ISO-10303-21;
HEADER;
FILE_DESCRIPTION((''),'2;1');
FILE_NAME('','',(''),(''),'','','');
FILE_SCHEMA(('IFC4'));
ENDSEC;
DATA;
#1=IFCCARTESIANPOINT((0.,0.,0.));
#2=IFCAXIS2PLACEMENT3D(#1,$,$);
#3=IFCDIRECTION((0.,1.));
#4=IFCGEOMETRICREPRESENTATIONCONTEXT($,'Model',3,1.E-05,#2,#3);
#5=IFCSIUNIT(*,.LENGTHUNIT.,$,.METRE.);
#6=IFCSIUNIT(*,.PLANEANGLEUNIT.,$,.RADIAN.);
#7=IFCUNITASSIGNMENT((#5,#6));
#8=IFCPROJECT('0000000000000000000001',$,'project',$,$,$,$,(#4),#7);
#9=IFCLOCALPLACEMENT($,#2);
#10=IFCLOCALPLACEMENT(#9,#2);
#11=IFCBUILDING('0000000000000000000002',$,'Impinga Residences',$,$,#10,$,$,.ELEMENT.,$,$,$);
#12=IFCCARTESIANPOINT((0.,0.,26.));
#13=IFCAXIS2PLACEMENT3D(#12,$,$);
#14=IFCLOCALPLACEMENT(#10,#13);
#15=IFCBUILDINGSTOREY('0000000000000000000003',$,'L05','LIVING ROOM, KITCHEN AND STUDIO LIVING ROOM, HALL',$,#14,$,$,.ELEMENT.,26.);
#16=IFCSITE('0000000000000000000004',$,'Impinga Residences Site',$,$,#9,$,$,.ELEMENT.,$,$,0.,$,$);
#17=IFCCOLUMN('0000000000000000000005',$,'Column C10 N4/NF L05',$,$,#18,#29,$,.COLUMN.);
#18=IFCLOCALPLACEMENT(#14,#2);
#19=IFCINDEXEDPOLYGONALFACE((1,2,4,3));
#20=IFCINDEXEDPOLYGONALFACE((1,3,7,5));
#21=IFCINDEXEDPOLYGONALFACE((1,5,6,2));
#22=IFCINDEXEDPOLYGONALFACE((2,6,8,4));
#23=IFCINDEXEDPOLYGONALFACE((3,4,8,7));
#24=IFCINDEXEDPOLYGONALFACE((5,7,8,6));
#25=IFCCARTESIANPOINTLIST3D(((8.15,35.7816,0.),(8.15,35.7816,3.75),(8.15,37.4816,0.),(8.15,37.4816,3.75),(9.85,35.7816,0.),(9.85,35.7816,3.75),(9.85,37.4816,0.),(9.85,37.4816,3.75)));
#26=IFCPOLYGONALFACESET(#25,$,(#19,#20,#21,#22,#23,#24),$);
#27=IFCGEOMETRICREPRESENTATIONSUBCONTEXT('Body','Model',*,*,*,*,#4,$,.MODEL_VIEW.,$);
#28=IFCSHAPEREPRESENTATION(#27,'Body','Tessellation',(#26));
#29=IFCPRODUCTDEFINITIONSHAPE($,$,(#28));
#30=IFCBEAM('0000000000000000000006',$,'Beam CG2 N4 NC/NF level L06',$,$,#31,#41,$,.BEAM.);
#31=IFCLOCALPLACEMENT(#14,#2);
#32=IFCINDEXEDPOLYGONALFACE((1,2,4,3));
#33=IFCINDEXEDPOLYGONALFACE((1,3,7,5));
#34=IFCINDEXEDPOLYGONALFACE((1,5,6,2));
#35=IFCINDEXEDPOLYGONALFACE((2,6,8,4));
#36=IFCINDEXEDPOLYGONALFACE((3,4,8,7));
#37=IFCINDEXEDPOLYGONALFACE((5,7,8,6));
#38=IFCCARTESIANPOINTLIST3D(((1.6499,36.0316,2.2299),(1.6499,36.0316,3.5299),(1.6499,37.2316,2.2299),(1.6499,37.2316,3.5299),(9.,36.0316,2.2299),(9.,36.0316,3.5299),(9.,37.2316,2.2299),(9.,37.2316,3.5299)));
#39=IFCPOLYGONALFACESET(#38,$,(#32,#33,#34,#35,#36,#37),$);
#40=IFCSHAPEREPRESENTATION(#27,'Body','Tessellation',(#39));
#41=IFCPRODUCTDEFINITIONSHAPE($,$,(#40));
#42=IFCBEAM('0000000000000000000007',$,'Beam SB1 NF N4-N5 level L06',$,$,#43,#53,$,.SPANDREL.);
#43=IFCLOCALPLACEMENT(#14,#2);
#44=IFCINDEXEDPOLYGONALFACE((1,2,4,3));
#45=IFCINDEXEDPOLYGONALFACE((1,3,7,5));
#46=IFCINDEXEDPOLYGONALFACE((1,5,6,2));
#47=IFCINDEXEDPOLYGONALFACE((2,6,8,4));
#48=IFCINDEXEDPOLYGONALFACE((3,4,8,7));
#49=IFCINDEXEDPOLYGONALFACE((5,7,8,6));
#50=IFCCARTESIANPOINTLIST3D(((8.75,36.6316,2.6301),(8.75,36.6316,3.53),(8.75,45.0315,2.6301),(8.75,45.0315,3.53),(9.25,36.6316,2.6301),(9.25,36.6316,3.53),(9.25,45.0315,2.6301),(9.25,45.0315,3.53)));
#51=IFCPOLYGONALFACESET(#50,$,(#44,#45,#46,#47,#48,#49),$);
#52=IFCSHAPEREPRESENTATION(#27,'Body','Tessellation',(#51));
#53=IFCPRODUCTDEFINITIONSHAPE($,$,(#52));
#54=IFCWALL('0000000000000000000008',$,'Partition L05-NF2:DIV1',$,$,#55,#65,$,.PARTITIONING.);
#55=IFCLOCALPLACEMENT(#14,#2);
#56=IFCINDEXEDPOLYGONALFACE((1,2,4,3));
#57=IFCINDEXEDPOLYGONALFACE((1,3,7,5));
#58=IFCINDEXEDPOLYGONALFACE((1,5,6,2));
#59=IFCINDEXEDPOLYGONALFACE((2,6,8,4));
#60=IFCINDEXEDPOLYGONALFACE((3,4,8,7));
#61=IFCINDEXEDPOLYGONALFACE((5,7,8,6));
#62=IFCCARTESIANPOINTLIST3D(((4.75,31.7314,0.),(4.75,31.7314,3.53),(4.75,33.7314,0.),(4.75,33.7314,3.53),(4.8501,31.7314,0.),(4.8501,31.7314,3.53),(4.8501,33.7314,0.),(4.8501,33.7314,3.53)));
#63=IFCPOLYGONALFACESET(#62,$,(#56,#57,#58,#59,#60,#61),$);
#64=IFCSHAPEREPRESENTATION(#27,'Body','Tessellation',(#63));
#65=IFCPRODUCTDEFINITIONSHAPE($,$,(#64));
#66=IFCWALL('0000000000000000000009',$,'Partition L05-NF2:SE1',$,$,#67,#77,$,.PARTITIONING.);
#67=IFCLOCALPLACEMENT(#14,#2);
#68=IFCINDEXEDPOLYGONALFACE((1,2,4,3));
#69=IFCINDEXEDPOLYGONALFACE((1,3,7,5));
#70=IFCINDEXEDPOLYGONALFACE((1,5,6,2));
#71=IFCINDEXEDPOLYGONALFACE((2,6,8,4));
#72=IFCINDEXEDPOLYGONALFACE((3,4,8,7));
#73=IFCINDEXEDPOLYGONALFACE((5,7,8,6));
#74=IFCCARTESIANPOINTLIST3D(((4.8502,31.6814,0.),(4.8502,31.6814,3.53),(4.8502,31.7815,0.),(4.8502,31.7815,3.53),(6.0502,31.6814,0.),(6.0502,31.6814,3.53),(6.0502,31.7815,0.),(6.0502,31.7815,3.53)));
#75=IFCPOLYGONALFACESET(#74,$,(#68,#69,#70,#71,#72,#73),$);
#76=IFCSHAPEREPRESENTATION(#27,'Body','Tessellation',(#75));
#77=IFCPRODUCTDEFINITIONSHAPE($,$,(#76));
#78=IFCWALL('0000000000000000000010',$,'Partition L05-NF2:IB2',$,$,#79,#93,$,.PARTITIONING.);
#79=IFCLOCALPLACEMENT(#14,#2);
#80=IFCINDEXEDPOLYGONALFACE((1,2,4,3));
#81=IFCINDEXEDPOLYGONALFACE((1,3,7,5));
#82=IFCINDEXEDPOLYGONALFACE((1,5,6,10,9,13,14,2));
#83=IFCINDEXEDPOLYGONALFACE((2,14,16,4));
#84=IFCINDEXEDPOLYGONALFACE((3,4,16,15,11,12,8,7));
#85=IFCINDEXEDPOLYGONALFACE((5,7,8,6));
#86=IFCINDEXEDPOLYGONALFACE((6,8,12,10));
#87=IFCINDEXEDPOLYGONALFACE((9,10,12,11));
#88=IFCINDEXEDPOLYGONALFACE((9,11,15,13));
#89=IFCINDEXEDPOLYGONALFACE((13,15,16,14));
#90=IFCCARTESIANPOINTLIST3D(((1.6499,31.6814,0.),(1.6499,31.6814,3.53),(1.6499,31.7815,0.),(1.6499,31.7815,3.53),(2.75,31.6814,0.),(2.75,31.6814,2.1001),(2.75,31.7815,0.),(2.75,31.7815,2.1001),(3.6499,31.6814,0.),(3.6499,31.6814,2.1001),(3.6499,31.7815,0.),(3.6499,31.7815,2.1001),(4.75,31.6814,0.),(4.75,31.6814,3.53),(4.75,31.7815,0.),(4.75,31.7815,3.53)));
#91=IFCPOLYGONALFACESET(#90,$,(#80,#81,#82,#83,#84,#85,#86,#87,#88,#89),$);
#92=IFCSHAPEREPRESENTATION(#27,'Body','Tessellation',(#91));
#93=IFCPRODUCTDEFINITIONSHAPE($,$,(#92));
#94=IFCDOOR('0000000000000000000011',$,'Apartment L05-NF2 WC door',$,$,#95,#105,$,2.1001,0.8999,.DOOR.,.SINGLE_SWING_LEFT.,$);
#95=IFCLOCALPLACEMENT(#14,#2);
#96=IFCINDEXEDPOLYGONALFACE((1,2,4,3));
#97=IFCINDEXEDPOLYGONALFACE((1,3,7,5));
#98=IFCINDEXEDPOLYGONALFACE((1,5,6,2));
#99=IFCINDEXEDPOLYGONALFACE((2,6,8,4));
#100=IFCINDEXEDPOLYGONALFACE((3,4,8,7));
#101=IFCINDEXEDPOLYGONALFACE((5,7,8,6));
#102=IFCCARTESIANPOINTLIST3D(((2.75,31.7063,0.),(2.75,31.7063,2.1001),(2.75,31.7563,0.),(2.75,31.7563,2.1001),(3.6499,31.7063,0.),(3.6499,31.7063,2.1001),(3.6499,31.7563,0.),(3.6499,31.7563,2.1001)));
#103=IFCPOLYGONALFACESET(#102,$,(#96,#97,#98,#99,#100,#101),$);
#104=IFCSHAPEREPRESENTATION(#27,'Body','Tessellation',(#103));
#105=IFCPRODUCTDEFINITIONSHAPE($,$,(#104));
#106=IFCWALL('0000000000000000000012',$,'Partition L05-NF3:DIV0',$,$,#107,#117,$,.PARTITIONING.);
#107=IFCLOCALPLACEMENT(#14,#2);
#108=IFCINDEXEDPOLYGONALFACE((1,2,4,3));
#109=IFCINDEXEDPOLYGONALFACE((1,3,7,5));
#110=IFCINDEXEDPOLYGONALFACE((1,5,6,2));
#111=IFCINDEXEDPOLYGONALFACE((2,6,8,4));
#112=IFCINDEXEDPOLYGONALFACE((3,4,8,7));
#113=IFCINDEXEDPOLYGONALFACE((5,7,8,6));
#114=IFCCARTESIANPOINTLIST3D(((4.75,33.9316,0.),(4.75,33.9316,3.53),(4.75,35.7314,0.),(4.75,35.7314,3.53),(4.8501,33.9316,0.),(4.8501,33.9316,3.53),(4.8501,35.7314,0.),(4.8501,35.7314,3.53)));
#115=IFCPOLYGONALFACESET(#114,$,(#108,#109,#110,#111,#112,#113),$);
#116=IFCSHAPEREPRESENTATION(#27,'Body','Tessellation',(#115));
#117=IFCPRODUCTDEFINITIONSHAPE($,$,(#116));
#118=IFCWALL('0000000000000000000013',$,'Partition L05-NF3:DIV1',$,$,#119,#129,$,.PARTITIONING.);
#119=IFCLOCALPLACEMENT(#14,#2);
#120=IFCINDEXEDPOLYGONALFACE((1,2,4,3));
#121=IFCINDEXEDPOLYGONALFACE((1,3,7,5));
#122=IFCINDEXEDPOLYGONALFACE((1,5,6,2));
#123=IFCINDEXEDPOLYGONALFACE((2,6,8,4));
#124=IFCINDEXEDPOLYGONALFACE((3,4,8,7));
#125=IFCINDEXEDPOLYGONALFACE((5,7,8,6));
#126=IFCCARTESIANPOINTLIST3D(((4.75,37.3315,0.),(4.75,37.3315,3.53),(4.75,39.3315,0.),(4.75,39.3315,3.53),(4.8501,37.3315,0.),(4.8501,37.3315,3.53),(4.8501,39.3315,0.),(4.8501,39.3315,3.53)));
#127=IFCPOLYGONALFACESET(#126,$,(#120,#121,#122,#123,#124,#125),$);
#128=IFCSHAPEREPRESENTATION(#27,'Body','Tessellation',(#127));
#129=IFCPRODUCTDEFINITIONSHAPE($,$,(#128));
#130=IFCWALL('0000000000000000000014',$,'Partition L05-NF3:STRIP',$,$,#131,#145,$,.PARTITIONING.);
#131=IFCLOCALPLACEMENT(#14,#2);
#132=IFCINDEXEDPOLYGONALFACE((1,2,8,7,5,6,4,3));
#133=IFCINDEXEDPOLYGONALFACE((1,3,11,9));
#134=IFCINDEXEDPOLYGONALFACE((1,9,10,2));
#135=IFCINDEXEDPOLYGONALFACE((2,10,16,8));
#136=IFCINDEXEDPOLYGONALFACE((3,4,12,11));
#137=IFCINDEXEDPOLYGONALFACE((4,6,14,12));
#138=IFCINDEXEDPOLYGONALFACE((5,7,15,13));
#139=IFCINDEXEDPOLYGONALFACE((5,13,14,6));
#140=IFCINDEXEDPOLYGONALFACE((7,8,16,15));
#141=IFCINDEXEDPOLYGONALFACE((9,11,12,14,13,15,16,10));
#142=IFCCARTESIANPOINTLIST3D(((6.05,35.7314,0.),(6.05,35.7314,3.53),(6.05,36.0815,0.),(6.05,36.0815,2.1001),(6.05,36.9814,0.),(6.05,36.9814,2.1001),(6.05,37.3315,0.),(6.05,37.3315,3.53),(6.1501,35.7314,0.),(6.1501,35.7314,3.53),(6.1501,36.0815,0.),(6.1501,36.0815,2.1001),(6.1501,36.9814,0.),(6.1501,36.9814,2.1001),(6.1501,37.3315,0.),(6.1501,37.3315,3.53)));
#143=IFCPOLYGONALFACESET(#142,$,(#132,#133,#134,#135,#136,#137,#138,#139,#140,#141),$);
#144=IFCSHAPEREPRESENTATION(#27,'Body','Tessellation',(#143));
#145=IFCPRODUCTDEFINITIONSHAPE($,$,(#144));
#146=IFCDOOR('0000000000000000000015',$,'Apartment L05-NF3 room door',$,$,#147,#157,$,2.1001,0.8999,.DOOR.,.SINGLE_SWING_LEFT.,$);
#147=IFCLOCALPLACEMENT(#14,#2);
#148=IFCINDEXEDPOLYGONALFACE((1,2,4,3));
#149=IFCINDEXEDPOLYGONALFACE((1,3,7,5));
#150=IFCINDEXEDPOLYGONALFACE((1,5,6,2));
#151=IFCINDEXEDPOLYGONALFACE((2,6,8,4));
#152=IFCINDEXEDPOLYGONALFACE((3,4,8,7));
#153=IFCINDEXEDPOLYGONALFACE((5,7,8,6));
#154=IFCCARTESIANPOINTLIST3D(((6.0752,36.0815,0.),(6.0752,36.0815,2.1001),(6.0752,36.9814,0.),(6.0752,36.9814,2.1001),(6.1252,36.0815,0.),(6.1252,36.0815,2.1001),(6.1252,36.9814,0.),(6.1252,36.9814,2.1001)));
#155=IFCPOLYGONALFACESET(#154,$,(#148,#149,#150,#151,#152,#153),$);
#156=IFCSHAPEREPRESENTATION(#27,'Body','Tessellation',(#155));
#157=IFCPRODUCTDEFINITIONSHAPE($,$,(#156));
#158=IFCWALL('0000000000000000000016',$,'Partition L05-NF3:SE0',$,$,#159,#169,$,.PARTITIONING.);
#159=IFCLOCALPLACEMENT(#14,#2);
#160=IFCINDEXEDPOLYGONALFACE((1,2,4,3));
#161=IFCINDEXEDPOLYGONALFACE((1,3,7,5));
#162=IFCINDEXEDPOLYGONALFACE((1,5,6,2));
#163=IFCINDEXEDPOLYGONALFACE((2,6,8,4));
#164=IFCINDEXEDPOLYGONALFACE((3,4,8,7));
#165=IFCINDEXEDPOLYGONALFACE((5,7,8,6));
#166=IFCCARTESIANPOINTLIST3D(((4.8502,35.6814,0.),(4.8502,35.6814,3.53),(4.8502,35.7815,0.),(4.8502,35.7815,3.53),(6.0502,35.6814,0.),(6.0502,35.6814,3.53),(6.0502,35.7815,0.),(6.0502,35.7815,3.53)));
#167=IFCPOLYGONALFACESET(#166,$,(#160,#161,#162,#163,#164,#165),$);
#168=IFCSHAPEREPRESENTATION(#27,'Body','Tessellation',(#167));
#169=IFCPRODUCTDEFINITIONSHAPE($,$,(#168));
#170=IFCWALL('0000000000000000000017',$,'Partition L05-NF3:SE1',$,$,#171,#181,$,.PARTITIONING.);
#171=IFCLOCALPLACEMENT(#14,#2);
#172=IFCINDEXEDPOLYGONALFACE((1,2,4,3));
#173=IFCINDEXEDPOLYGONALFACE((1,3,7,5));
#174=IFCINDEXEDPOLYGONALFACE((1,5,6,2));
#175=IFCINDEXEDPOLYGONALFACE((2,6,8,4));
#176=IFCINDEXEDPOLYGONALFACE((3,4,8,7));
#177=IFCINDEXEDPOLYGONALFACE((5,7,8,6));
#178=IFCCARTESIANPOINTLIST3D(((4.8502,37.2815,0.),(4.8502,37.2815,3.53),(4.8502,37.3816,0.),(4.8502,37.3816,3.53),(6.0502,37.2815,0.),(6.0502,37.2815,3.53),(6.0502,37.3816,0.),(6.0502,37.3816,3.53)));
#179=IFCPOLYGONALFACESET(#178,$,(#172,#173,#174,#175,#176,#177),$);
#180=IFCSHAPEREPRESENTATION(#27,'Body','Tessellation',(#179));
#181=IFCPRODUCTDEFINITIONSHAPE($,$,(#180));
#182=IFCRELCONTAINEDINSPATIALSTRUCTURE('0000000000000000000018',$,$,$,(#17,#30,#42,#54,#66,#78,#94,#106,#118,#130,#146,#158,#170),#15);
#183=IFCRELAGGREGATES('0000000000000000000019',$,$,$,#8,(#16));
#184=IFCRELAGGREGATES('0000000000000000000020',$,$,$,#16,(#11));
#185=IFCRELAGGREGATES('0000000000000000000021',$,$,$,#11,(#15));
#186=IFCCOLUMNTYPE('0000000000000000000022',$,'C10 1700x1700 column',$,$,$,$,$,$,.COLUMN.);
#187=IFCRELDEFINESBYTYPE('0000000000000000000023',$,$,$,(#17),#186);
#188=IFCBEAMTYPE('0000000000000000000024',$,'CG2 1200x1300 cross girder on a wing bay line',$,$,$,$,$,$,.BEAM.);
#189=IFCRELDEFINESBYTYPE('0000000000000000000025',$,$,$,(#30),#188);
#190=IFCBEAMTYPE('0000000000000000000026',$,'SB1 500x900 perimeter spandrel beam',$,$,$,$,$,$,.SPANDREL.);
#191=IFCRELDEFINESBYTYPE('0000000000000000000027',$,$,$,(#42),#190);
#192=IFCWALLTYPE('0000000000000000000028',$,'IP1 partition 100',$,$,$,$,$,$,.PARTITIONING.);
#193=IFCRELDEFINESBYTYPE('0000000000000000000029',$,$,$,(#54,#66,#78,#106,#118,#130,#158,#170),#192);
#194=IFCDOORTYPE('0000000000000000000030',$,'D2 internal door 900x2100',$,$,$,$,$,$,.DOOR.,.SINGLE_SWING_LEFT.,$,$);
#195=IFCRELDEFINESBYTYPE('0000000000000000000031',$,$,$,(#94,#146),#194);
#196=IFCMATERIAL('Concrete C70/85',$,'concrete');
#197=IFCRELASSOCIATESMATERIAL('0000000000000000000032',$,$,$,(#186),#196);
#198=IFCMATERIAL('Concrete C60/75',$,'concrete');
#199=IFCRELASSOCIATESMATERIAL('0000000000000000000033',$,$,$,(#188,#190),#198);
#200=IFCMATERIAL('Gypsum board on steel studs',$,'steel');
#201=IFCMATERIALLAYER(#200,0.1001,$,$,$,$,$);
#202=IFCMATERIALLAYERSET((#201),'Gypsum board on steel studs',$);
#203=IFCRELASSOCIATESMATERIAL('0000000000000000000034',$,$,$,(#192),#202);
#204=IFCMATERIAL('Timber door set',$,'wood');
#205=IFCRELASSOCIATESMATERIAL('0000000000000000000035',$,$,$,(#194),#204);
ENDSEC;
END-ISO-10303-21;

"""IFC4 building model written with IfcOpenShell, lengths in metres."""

from ifc_helpers import new_model, si_unit, direction, frame, frame_2d, origin, origin_2d, place, context, subcontext, project, spatial, rectangle, extrude, material, layer, layer_set, material_profile, profile_set, type_object, element, fill, save


model = new_model("IFC4")

# Units and contexts
model_context = context("Model", 3, precision=1e-05, world=origin(), true_north=direction((0.0, 1.0)))
body_context = subcontext(model_context, "Body", "Model", "MODEL_VIEW")
ifc_project = project(units=[si_unit("LENGTHUNIT", "METRE"), si_unit("PLANEANGLEUNIT", "RADIAN")], contexts=[model_context])

# Site, building, storey
site_placement = place(None, origin())
site = spatial("IfcSite", under=ifc_project, at=site_placement, Name="Impinga Residences Site", CompositionType="ELEMENT", RefElevation=0.0)
building_placement = place(site_placement, origin())
building = spatial("IfcBuilding", under=site, at=building_placement, Name="Impinga Residences", CompositionType="ELEMENT")
storey_placement = place(building_placement, frame((0.0, 0.0, 26.0)))
storey = spatial("IfcBuildingStorey", under=building, at=storey_placement, Name="L05", Description="LIVING ROOM, KITCHEN AND STUDIO LIVING ROOM, HALL", CompositionType="ELEMENT", Elevation=26.0)

# Column
ifc_material_1 = material(Name="Concrete C70/85", Category="concrete")
ifc_material_profile_1 = material_profile(ifc_material_1, rectangle(XDim=1.7, YDim=1.7, at=origin_2d()), Name="RC 1700x1700")
ifc_profile_set_1 = profile_set([ifc_material_profile_1], Name="Concrete C70/85")
column_type = type_object("IfcColumnType", Name="C10 1700x1700 column", PredefinedType="COLUMN", material=ifc_profile_set_1)
column_placement = place(storey_placement, frame((9.0, 36.6316, 0.0), z_axis=(0.0, 0.0, 1.0), x_axis=(1.0, 0.0, 0.0)))
element("IfcColumn", 1, at=column_placement, inside=storey, type_object=column_type, Name="Column C10 N4/NF L05", PredefinedType="COLUMN", context=body_context, shape_type="SweptSolid", body=[
    extrude(rectangle(XDim=1.7, YDim=1.7, at=origin_2d()), origin(), (0.0, 0.0, 1.0), 3.75),
])

# Beams
ifc_material_2 = material(Name="Concrete C60/75", Category="concrete")
ifc_material_profile_2 = material_profile(ifc_material_2, rectangle(XDim=1.2, YDim=1.3, at=origin_2d()), Name="RC 1200x1300")
ifc_profile_set_2 = profile_set([ifc_material_profile_2], Name="Concrete C60/75")
beam_type_1 = type_object("IfcBeamType", Name="CG2 1200x1300 cross girder on a wing bay line", PredefinedType="BEAM", material=ifc_profile_set_2)
beam_1_placement = place(storey_placement, frame((1.6499, 36.6316, 2.8799), z_axis=(1.0, 0.0, 0.0), x_axis=(0.0, 1.0, 0.0)))
element("IfcBeam", 2, at=beam_1_placement, inside=storey, type_object=beam_type_1, Name="Beam CG2 N4 NC/NF level L06", PredefinedType="BEAM", context=body_context, shape_type="SweptSolid", body=[
    extrude(rectangle(XDim=1.2, YDim=1.3, at=origin_2d()), origin(), (0.0, 0.0, 1.0), 7.3501),
])
ifc_material_profile_3 = material_profile(ifc_material_2, rectangle(XDim=0.5, YDim=0.8999, at=origin_2d()), Name="RC 500x900")
ifc_profile_set_3 = profile_set([ifc_material_profile_3], Name="Concrete C60/75")
beam_type_2 = type_object("IfcBeamType", Name="SB1 500x900 perimeter spandrel beam", PredefinedType="SPANDREL", material=ifc_profile_set_3)
beam_2_placement = place(storey_placement, frame((9.0, 36.6316, 3.0801), z_axis=(0.0, 1.0, 0.0), x_axis=(-1.0, 0.0, 0.0)))
element("IfcBeam", 3, at=beam_2_placement, inside=storey, type_object=beam_type_2, Name="Beam SB1 NF N4-N5 level L06", PredefinedType="SPANDREL", context=body_context, shape_type="SweptSolid", body=[
    extrude(rectangle(XDim=0.5, YDim=0.8999, at=origin_2d()), origin(), (0.0, 0.0, 1.0), 8.3999),
])

# Walls
ifc_material_3 = material(Name="Gypsum board on steel studs", Category="steel")
ifc_layer_1 = layer(ifc_material_3, 0.1001)
ifc_layer_set_1 = layer_set([ifc_layer_1], Name="Gypsum board on steel studs")
wall_type_1 = type_object("IfcWallType", Name="IP1 partition 100", PredefinedType="PARTITIONING", material=ifc_layer_set_1)
wall_1_placement = place(storey_placement, frame((4.8, 31.7314, 0.0), z_axis=(0.0, 0.0, 1.0), x_axis=(0.0, 1.0, 0.0)))
element("IfcWall", 4, at=wall_1_placement, inside=storey, type_object=wall_type_1, Name="Partition L05-NF2:DIV1", PredefinedType="PARTITIONING", context=body_context, shape_type="SweptSolid", body=[
    extrude(rectangle(XDim=2.0, YDim=0.1001, at=frame_2d((1.0, 0.0))), origin(), (0.0, 0.0, 1.0), 3.53),
])
wall_2_placement = place(storey_placement, frame((4.8501, 31.7314, 0.0), z_axis=(0.0, 0.0, 1.0), x_axis=(1.0, 0.0, 0.0)))
element("IfcWall", 5, at=wall_2_placement, inside=storey, type_object=wall_type_1, Name="Partition L05-NF2:SE1", PredefinedType="PARTITIONING", context=body_context, shape_type="SweptSolid", body=[
    extrude(rectangle(XDim=1.2, YDim=0.1001, at=frame_2d((0.6001, 0.0))), origin(), (0.0, 0.0, 1.0), 3.53),
])

# Wall, opening, door
wall_3_placement = place(storey_placement, frame((1.6499, 31.7314, 0.0), z_axis=(0.0, 0.0, 1.0), x_axis=(1.0, 0.0, 0.0)))
wall_3 = element("IfcWall", 6, at=wall_3_placement, inside=storey, type_object=wall_type_1, Name="Partition L05-NF2:IB2", PredefinedType="PARTITIONING", context=body_context, shape_type="SweptSolid", body=[
    extrude(rectangle(XDim=3.1001, YDim=0.1001, at=frame_2d((1.55, 0.0))), origin(), (0.0, 0.0, 1.0), 3.53),
])
opening_1_placement = place(wall_3_placement, frame((1.1001, 0.0, 0.0)))
opening_1 = element("IfcOpeningElement", 7, at=opening_1_placement, cuts=wall_3, PredefinedType="OPENING", context=body_context, shape_type="SweptSolid", body=[
    extrude(rectangle(XDim=0.8999, YDim=2.1001, at=frame_2d((0.45, 1.05))), frame((0.0, 0.0601, 0.0), z_axis=(0.0, -1.0, 0.0), x_axis=(1.0, 0.0, 0.0)), (0.0, 0.0, 1.0), 0.1201),
])
ifc_material_4 = material(Name="Timber door set", Category="wood")
door_type = type_object("IfcDoorType", Name="D2 internal door 900x2100", OperationType="SINGLE_SWING_LEFT", PredefinedType="DOOR", material=ifc_material_4)
door_1_placement = place(opening_1_placement, origin())
door_1 = element("IfcDoor", 8, at=door_1_placement, inside=storey, type_object=door_type, Name="Apartment L05-NF2 WC door", OperationType="SINGLE_SWING_LEFT", OverallHeight=2.1001, OverallWidth=0.8999, PredefinedType="DOOR", context=body_context, shape_type="SweptSolid", body=[
    extrude(rectangle(XDim=0.8999, YDim=2.1001, at=frame_2d((0.45, 1.05))), frame((0.0, 0.0249, 0.0), z_axis=(0.0, -1.0, 0.0), x_axis=(1.0, 0.0, 0.0)), (0.0, 0.0, 1.0), 0.05),
])
fill(opening_1, door_1)

# Walls
wall_4_placement = place(storey_placement, frame((4.8, 33.9316, 0.0), z_axis=(0.0, 0.0, 1.0), x_axis=(0.0, 1.0, 0.0)))
element("IfcWall", 9, at=wall_4_placement, inside=storey, type_object=wall_type_1, Name="Partition L05-NF3:DIV0", PredefinedType="PARTITIONING", context=body_context, shape_type="SweptSolid", body=[
    extrude(rectangle(XDim=1.7998, YDim=0.1001, at=frame_2d((0.8999, 0.0))), origin(), (0.0, 0.0, 1.0), 3.53),
])
wall_5_placement = place(storey_placement, frame((4.8, 37.3315, 0.0), z_axis=(0.0, 0.0, 1.0), x_axis=(0.0, 1.0, 0.0)))
element("IfcWall", 10, at=wall_5_placement, inside=storey, type_object=wall_type_1, Name="Partition L05-NF3:DIV1", PredefinedType="PARTITIONING", context=body_context, shape_type="SweptSolid", body=[
    extrude(rectangle(XDim=2.0, YDim=0.1001, at=frame_2d((1.0, 0.0))), origin(), (0.0, 0.0, 1.0), 3.53),
])

# Wall, opening, door
wall_6_placement = place(storey_placement, frame((6.1001, 35.7314, 0.0), z_axis=(0.0, 0.0, 1.0), x_axis=(0.0, 1.0, 0.0)))
wall_6 = element("IfcWall", 11, at=wall_6_placement, inside=storey, type_object=wall_type_1, Name="Partition L05-NF3:STRIP", PredefinedType="PARTITIONING", context=body_context, shape_type="SweptSolid", body=[
    extrude(rectangle(XDim=1.6001, YDim=0.1001, at=frame_2d((0.8, 0.0))), origin(), (0.0, 0.0, 1.0), 3.53),
])
opening_2_placement = place(wall_6_placement, frame((0.3501, 0.0, 0.0)))
opening_2 = element("IfcOpeningElement", 12, at=opening_2_placement, cuts=wall_6, PredefinedType="OPENING", context=body_context, shape_type="SweptSolid", body=[
    extrude(rectangle(XDim=0.8999, YDim=2.1001, at=frame_2d((0.45, 1.05))), frame((0.0, 0.0601, 0.0), z_axis=(0.0, -1.0, 0.0), x_axis=(1.0, 0.0, 0.0)), (0.0, 0.0, 1.0), 0.1201),
])
door_2_placement = place(opening_2_placement, origin())
door_2 = element("IfcDoor", 13, at=door_2_placement, inside=storey, type_object=door_type, Name="Apartment L05-NF3 room door", OperationType="SINGLE_SWING_LEFT", OverallHeight=2.1001, OverallWidth=0.8999, PredefinedType="DOOR", context=body_context, shape_type="SweptSolid", body=[
    extrude(rectangle(XDim=0.8999, YDim=2.1001, at=frame_2d((0.45, 1.05))), frame((0.0, 0.0249, 0.0), z_axis=(0.0, -1.0, 0.0), x_axis=(1.0, 0.0, 0.0)), (0.0, 0.0, 1.0), 0.05),
])
fill(opening_2, door_2)

# Walls
for number, where, z_axis, x_axis, name in (
    (14, (4.8501, 35.7314, 0.0), (0.0, 0.0, 1.0), (1.0, 0.0, 0.0), "Partition L05-NF3:SE0"),
    (15, (4.8501, 37.3315, 0.0), (0.0, 0.0, 1.0), (1.0, 0.0, 0.0), "Partition L05-NF3:SE1"),
):
    element("IfcWall", number, at=place(storey_placement, frame(where, z_axis=z_axis, x_axis=x_axis)), inside=storey, type_object=wall_type_1, Name=name, PredefinedType="PARTITIONING", context=body_context, shape_type="SweptSolid", body=[
        extrude(rectangle(XDim=1.2, YDim=0.1001, at=frame_2d((0.6001, 0.0))), origin(), (0.0, 0.0, 1.0), 3.53),
    ])

save(model, "model.ifc")
